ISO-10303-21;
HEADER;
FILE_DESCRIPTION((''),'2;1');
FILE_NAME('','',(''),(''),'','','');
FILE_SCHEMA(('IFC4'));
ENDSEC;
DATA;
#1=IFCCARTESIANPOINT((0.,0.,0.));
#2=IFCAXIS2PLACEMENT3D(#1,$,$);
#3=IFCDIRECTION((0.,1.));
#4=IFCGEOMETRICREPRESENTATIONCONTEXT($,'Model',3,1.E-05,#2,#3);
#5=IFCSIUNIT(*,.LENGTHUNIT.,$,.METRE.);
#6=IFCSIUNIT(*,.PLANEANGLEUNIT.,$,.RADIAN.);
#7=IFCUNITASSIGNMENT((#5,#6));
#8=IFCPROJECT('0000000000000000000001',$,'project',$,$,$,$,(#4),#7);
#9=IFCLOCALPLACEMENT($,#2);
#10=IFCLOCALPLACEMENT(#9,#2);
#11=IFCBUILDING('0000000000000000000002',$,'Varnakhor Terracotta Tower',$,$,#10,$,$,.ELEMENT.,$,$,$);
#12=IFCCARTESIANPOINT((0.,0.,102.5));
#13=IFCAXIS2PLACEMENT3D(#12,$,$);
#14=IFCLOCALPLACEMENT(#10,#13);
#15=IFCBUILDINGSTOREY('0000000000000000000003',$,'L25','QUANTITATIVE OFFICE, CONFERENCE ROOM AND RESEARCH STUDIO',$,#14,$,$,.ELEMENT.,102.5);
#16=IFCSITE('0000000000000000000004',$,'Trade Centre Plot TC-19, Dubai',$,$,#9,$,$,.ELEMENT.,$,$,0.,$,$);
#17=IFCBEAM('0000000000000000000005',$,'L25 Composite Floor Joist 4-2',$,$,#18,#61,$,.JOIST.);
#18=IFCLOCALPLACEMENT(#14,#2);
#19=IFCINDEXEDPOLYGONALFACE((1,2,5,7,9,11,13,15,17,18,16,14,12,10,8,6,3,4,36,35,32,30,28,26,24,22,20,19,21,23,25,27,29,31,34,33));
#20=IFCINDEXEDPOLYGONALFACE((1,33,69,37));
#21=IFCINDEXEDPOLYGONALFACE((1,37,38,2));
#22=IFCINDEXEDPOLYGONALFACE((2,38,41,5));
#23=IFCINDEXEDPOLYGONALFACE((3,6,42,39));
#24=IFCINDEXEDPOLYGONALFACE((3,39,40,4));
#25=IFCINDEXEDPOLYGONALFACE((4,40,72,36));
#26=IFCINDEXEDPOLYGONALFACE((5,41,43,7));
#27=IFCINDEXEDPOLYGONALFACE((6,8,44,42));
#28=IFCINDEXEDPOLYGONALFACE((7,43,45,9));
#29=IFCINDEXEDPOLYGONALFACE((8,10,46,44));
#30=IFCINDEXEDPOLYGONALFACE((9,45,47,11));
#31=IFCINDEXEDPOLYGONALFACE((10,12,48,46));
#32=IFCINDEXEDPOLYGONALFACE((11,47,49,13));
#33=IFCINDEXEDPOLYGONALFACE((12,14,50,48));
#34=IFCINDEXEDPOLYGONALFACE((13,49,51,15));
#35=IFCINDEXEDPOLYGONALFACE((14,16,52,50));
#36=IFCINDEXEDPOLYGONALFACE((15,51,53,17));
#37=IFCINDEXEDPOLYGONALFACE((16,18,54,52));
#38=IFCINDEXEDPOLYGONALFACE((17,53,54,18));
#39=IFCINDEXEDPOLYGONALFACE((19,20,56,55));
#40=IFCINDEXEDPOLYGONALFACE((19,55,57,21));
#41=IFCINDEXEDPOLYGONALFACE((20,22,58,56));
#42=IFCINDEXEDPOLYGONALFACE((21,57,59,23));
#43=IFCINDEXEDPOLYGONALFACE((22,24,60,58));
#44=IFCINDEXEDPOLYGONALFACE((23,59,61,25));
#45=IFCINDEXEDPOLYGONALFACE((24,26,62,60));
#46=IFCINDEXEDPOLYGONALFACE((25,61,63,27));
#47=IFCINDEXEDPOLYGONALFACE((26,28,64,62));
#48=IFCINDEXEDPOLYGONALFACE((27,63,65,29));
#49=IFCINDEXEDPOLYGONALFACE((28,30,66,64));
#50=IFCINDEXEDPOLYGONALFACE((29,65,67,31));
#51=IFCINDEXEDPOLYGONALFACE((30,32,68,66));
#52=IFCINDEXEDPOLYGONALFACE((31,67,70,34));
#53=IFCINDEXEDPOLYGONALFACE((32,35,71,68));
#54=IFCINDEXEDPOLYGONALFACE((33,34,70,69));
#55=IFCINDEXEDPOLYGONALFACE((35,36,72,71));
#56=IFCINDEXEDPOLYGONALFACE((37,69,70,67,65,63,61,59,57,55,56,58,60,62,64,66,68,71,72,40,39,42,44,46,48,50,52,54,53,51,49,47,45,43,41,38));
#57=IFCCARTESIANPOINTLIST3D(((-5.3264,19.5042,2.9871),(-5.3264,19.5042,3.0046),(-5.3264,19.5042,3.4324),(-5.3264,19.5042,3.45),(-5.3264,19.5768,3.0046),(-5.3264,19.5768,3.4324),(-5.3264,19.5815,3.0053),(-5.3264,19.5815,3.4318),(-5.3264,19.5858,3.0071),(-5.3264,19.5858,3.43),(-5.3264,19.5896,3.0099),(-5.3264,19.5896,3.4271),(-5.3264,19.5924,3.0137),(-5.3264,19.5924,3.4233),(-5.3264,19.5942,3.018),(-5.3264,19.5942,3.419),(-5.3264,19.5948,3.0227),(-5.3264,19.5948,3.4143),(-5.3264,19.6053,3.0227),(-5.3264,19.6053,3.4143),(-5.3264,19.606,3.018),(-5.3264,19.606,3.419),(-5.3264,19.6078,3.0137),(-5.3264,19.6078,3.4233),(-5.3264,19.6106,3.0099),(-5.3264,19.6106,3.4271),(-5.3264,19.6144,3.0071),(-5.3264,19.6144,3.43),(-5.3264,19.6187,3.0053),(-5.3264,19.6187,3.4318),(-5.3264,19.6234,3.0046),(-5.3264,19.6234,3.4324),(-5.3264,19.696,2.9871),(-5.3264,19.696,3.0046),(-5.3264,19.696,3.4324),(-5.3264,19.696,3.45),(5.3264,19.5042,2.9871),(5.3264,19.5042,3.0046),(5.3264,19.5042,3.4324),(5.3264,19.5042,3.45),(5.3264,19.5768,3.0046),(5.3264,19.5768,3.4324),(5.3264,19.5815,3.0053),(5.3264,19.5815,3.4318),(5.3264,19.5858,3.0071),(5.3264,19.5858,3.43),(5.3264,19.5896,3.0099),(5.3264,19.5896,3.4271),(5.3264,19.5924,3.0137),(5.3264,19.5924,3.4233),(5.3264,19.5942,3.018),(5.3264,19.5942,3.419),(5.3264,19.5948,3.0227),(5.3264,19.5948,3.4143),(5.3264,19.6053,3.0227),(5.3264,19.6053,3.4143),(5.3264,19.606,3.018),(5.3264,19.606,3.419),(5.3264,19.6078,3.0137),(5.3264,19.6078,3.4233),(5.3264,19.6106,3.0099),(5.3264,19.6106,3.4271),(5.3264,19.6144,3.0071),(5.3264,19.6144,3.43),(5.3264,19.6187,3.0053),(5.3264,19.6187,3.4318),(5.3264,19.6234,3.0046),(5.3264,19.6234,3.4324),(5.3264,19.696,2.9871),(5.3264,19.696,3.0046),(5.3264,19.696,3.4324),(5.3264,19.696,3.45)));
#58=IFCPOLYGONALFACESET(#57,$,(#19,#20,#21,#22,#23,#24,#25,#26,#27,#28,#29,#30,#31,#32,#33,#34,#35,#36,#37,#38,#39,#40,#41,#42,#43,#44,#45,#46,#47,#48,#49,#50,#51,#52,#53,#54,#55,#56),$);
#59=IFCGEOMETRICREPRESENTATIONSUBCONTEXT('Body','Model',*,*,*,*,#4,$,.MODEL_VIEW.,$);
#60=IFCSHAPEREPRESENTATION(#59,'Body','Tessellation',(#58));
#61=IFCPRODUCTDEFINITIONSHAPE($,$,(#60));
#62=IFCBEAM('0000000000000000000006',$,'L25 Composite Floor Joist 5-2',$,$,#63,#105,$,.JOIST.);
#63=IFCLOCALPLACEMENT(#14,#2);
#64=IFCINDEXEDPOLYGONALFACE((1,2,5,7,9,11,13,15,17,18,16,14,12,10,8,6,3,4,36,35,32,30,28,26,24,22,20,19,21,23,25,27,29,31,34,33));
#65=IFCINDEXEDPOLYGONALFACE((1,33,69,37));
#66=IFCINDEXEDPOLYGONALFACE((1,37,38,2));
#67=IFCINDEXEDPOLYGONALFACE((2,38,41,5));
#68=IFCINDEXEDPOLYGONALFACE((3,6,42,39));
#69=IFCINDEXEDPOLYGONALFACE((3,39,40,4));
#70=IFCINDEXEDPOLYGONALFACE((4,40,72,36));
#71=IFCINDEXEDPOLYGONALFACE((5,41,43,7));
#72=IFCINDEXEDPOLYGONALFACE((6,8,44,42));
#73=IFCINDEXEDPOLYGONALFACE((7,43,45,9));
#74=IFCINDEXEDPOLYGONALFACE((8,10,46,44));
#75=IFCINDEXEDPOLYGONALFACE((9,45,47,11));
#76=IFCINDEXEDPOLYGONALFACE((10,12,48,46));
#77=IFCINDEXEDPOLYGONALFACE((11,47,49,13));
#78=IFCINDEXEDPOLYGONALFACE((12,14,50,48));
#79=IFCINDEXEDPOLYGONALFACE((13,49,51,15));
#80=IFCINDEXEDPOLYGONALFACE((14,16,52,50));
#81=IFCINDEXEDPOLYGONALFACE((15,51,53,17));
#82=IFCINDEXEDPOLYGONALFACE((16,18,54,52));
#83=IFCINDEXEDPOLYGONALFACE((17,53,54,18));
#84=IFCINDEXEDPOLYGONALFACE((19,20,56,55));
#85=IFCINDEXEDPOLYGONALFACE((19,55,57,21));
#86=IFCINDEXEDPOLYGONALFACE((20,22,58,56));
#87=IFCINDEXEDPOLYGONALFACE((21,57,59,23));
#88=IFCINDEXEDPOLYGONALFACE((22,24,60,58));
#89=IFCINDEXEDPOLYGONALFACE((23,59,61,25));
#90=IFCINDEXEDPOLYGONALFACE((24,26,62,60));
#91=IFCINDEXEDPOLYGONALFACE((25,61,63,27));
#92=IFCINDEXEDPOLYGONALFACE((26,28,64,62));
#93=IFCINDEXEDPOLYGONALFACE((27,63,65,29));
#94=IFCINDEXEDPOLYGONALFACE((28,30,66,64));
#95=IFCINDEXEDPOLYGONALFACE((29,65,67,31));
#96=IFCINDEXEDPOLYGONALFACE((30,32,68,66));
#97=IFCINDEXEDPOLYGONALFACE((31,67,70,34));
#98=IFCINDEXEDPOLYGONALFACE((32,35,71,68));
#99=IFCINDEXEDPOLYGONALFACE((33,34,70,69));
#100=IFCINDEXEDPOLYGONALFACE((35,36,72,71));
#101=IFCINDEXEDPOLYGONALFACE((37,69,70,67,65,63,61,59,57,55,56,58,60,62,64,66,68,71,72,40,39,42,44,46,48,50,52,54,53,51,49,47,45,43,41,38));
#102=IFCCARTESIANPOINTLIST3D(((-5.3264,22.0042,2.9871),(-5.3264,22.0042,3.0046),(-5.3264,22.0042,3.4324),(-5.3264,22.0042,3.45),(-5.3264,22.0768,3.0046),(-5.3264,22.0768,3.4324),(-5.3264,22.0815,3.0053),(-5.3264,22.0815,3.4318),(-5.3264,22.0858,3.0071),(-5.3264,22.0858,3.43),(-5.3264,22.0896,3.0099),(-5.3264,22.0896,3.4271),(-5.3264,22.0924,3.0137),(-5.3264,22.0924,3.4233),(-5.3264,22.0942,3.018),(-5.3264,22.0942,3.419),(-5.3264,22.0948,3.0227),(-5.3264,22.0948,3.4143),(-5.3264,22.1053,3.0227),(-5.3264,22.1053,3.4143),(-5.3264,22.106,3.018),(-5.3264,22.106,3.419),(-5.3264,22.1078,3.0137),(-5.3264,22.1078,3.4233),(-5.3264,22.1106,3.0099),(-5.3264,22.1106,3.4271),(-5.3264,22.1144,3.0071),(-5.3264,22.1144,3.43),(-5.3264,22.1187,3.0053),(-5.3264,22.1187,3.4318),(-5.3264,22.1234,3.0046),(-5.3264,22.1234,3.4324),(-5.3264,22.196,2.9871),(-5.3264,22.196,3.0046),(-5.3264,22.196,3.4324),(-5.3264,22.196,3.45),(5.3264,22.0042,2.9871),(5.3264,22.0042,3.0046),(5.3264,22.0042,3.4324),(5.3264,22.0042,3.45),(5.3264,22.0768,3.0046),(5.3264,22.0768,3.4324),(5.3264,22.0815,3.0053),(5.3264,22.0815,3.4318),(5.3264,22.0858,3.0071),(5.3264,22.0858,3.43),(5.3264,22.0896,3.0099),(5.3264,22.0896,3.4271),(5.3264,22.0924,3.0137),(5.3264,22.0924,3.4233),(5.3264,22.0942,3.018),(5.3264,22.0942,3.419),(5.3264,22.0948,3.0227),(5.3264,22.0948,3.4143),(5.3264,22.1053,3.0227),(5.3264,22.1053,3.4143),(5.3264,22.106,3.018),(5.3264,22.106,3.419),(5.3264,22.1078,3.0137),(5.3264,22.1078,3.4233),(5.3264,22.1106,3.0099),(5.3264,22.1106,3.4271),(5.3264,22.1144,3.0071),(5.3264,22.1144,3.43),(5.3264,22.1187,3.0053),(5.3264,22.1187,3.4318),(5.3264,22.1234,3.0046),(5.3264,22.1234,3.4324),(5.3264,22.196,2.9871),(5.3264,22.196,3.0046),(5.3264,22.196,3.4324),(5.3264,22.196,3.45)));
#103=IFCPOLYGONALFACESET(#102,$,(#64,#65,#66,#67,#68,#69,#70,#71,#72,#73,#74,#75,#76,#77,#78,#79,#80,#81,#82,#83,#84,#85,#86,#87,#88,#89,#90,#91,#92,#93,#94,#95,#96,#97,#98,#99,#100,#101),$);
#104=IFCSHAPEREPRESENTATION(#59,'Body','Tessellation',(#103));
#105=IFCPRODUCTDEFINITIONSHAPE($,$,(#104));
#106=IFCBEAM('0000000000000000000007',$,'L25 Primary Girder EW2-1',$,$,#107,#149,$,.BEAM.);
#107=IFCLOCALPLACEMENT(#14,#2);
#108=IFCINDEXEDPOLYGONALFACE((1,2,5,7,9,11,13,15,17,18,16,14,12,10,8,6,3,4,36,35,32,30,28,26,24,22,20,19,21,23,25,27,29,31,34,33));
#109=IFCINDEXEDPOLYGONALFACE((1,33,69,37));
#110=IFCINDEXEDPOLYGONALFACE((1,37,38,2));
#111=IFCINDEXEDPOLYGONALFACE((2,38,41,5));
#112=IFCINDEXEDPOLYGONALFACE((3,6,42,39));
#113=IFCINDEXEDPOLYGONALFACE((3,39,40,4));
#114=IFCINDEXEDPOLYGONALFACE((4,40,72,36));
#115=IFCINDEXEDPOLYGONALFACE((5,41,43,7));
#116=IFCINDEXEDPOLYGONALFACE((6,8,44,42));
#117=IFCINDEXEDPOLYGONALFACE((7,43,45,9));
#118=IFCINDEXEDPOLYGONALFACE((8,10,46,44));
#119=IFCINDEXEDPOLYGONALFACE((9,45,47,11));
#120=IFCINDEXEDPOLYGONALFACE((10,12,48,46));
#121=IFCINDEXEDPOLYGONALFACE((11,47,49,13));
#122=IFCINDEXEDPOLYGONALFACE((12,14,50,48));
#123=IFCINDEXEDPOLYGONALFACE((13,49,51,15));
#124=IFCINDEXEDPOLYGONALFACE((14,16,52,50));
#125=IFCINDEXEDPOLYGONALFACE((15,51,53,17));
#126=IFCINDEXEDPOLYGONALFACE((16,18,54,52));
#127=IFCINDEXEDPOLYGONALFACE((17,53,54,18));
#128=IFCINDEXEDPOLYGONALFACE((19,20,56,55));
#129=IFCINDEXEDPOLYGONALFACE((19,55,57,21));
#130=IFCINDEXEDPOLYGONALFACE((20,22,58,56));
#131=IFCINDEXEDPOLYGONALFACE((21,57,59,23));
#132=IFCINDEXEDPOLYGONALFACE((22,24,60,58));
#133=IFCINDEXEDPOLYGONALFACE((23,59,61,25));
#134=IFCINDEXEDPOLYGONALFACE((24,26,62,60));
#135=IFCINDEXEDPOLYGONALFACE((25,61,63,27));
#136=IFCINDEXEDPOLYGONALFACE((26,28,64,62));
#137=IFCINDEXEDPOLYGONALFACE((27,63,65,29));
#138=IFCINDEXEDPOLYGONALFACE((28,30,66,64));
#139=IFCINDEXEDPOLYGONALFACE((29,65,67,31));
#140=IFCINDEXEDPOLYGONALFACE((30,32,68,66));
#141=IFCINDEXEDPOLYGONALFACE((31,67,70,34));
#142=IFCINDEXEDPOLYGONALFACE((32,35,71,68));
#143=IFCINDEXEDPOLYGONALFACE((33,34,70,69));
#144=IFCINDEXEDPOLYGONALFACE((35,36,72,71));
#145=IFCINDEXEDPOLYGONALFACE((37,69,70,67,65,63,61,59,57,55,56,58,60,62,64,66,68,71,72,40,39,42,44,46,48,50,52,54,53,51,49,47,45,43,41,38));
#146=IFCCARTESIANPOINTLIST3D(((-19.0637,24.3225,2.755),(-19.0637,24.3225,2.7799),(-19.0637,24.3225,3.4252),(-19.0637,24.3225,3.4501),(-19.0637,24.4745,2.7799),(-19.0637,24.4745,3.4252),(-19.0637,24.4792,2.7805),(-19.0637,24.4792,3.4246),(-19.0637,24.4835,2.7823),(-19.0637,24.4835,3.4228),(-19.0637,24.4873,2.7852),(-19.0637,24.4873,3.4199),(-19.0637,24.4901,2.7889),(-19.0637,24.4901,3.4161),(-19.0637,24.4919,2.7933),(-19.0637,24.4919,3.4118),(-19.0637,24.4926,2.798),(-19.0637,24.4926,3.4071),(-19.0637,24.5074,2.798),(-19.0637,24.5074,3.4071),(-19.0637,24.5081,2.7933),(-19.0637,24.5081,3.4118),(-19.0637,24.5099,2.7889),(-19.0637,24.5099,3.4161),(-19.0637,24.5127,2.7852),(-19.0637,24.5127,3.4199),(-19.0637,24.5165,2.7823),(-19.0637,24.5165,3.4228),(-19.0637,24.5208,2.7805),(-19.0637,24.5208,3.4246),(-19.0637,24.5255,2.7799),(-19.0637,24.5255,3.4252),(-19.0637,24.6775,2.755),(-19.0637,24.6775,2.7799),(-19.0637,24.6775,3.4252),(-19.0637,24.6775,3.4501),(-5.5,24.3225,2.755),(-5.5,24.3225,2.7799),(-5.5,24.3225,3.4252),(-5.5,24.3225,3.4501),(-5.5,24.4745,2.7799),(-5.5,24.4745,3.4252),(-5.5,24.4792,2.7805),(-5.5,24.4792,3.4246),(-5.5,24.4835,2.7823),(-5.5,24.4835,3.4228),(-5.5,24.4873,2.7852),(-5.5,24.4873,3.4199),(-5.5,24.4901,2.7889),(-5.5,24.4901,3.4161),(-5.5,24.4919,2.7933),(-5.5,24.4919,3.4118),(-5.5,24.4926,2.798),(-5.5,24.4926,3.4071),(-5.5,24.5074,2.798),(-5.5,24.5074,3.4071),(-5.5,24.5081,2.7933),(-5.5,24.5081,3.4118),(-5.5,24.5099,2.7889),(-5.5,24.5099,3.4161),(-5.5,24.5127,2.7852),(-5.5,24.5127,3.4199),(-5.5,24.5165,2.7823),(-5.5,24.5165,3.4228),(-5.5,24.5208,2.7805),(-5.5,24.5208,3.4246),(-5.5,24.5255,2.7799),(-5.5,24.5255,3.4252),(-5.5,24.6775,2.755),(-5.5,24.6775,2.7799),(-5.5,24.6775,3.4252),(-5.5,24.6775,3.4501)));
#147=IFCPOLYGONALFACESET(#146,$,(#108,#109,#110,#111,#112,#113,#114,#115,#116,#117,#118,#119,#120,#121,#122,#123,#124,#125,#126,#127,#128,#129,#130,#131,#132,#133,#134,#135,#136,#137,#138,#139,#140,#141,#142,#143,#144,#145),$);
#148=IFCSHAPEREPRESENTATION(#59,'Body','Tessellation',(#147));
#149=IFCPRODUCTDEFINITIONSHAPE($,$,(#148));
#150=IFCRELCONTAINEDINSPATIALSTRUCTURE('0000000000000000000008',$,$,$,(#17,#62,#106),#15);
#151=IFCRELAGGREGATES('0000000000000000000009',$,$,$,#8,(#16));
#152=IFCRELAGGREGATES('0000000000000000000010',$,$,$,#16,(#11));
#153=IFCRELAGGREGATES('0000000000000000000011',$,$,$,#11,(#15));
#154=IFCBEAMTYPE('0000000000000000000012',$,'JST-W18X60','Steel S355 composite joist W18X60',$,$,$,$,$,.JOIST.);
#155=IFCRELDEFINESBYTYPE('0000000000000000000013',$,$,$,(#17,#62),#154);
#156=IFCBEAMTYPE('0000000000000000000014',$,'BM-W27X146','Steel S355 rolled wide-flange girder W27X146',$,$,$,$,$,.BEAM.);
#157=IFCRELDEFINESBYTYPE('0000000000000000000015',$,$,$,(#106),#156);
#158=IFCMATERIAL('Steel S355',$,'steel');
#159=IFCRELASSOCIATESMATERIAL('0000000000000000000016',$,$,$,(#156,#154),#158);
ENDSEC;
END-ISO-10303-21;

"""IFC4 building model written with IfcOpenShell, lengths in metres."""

from ifc_helpers import new_model, si_unit, direction, frame, origin, origin_2d, place, context, subcontext, project, spatial, i_section, extrude, source, transform, mapped, material, material_profile, profile_set, type_object, element, save


model = new_model("IFC4")

# Units and contexts
model_context = context("Model", 3, precision=1e-05, world=origin(), true_north=direction((0.0, 1.0)))
body_context = subcontext(model_context, "Body", "Model", "MODEL_VIEW")
ifc_project = project(units=[si_unit("LENGTHUNIT", "METRE"), si_unit("PLANEANGLEUNIT", "RADIAN")], contexts=[model_context])

# Site, building, storey
site_placement = place(None, origin())
site = spatial("IfcSite", under=ifc_project, at=site_placement, Name="Trade Centre Plot TC-19, Dubai", CompositionType="ELEMENT", RefElevation=0.0)
building_placement = place(site_placement, origin())
building = spatial("IfcBuilding", under=site, at=building_placement, Name="Varnakhor Terracotta Tower", CompositionType="ELEMENT")
storey_placement = place(building_placement, frame((0.0, 0.0, 102.5)))
storey = spatial("IfcBuildingStorey", under=building, at=storey_placement, Name="L25", Description="QUANTITATIVE OFFICE, CONFERENCE ROOM AND RESEARCH STUDIO", CompositionType="ELEMENT", Elevation=102.5)

# Beams
ifc_material_1 = material(Name="Steel S355", Category="steel")
ifc_material_profile_1 = material_profile(ifc_material_1, i_section(OverallWidth=0.355, OverallDepth=0.6951, WebThickness=0.0149, FlangeThickness=0.0249, FilletRadius=0.0181, at=origin_2d()), Name="W27X146")
ifc_profile_set_1 = profile_set([ifc_material_profile_1], Name="Steel S355")
beam_type_1 = type_object("IfcBeamType", Name="BM-W27X146", Description="Steel S355 rolled wide-flange girder W27X146", PredefinedType="BEAM", material=ifc_profile_set_1)
ifc_material_profile_2 = material_profile(ifc_material_1, i_section(OverallWidth=0.1919, OverallDepth=0.4629, WebThickness=0.0105, FlangeThickness=0.0176, FilletRadius=0.0181, at=origin_2d()), Name="W18X60")
ifc_profile_set_2 = profile_set([ifc_material_profile_2], Name="Steel S355")
beam_type_2 = type_object("IfcBeamType", Name="JST-W18X60", Description="Steel S355 composite joist W18X60", PredefinedType="JOIST", material=ifc_profile_set_2)
shared_shape_1 = source(origin(), body_context, "Body", "SweptSolid", [
    extrude(i_section(OverallWidth=0.1919, OverallDepth=0.4629, WebThickness=0.0105, FlangeThickness=0.0176, FilletRadius=0.0181, at=origin_2d()), origin(), (0.0, 0.0, 1.0), 10.6528),
])
for number, where, z_axis, x_axis, name in (
    (1, (-5.3264, 19.6001, 3.2185), (1.0, 0.0, 0.0), (0.0, 1.0, 0.0), "L25 Composite Floor Joist 4-2"),
    (2, (-5.3264, 22.1001, 3.2185), (1.0, 0.0, 0.0), (0.0, 1.0, 0.0), "L25 Composite Floor Joist 5-2"),
):
    element("IfcBeam", number, at=place(storey_placement, frame(where, z_axis=z_axis, x_axis=x_axis)), inside=storey, type_object=beam_type_2, Name=name, PredefinedType="JOIST", context=body_context, shape_type="MappedRepresentation", body=[
        mapped(shared_shape_1, transform((0.0, 0.0, 0.0), scale=1.0)),
    ])
shared_shape_2 = source(origin(), body_context, "Body", "SweptSolid", [
    extrude(i_section(OverallWidth=0.355, OverallDepth=0.6951, WebThickness=0.0149, FlangeThickness=0.0249, FilletRadius=0.0181, at=origin_2d()), origin(), (0.0, 0.0, 1.0), 13.5637),
])
beam_1_placement = place(storey_placement, frame((-19.0637, 24.5, 3.1025), z_axis=(1.0, 0.0, 0.0), x_axis=(0.0, 1.0, 0.0)))
element("IfcBeam", 3, at=beam_1_placement, inside=storey, type_object=beam_type_1, Name="L25 Primary Girder EW2-1", PredefinedType="BEAM", context=body_context, shape_type="MappedRepresentation", body=[
    mapped(shared_shape_2, transform((0.0, 0.0, 0.0), scale=1.0)),
])

save(model, "model.ifc")
